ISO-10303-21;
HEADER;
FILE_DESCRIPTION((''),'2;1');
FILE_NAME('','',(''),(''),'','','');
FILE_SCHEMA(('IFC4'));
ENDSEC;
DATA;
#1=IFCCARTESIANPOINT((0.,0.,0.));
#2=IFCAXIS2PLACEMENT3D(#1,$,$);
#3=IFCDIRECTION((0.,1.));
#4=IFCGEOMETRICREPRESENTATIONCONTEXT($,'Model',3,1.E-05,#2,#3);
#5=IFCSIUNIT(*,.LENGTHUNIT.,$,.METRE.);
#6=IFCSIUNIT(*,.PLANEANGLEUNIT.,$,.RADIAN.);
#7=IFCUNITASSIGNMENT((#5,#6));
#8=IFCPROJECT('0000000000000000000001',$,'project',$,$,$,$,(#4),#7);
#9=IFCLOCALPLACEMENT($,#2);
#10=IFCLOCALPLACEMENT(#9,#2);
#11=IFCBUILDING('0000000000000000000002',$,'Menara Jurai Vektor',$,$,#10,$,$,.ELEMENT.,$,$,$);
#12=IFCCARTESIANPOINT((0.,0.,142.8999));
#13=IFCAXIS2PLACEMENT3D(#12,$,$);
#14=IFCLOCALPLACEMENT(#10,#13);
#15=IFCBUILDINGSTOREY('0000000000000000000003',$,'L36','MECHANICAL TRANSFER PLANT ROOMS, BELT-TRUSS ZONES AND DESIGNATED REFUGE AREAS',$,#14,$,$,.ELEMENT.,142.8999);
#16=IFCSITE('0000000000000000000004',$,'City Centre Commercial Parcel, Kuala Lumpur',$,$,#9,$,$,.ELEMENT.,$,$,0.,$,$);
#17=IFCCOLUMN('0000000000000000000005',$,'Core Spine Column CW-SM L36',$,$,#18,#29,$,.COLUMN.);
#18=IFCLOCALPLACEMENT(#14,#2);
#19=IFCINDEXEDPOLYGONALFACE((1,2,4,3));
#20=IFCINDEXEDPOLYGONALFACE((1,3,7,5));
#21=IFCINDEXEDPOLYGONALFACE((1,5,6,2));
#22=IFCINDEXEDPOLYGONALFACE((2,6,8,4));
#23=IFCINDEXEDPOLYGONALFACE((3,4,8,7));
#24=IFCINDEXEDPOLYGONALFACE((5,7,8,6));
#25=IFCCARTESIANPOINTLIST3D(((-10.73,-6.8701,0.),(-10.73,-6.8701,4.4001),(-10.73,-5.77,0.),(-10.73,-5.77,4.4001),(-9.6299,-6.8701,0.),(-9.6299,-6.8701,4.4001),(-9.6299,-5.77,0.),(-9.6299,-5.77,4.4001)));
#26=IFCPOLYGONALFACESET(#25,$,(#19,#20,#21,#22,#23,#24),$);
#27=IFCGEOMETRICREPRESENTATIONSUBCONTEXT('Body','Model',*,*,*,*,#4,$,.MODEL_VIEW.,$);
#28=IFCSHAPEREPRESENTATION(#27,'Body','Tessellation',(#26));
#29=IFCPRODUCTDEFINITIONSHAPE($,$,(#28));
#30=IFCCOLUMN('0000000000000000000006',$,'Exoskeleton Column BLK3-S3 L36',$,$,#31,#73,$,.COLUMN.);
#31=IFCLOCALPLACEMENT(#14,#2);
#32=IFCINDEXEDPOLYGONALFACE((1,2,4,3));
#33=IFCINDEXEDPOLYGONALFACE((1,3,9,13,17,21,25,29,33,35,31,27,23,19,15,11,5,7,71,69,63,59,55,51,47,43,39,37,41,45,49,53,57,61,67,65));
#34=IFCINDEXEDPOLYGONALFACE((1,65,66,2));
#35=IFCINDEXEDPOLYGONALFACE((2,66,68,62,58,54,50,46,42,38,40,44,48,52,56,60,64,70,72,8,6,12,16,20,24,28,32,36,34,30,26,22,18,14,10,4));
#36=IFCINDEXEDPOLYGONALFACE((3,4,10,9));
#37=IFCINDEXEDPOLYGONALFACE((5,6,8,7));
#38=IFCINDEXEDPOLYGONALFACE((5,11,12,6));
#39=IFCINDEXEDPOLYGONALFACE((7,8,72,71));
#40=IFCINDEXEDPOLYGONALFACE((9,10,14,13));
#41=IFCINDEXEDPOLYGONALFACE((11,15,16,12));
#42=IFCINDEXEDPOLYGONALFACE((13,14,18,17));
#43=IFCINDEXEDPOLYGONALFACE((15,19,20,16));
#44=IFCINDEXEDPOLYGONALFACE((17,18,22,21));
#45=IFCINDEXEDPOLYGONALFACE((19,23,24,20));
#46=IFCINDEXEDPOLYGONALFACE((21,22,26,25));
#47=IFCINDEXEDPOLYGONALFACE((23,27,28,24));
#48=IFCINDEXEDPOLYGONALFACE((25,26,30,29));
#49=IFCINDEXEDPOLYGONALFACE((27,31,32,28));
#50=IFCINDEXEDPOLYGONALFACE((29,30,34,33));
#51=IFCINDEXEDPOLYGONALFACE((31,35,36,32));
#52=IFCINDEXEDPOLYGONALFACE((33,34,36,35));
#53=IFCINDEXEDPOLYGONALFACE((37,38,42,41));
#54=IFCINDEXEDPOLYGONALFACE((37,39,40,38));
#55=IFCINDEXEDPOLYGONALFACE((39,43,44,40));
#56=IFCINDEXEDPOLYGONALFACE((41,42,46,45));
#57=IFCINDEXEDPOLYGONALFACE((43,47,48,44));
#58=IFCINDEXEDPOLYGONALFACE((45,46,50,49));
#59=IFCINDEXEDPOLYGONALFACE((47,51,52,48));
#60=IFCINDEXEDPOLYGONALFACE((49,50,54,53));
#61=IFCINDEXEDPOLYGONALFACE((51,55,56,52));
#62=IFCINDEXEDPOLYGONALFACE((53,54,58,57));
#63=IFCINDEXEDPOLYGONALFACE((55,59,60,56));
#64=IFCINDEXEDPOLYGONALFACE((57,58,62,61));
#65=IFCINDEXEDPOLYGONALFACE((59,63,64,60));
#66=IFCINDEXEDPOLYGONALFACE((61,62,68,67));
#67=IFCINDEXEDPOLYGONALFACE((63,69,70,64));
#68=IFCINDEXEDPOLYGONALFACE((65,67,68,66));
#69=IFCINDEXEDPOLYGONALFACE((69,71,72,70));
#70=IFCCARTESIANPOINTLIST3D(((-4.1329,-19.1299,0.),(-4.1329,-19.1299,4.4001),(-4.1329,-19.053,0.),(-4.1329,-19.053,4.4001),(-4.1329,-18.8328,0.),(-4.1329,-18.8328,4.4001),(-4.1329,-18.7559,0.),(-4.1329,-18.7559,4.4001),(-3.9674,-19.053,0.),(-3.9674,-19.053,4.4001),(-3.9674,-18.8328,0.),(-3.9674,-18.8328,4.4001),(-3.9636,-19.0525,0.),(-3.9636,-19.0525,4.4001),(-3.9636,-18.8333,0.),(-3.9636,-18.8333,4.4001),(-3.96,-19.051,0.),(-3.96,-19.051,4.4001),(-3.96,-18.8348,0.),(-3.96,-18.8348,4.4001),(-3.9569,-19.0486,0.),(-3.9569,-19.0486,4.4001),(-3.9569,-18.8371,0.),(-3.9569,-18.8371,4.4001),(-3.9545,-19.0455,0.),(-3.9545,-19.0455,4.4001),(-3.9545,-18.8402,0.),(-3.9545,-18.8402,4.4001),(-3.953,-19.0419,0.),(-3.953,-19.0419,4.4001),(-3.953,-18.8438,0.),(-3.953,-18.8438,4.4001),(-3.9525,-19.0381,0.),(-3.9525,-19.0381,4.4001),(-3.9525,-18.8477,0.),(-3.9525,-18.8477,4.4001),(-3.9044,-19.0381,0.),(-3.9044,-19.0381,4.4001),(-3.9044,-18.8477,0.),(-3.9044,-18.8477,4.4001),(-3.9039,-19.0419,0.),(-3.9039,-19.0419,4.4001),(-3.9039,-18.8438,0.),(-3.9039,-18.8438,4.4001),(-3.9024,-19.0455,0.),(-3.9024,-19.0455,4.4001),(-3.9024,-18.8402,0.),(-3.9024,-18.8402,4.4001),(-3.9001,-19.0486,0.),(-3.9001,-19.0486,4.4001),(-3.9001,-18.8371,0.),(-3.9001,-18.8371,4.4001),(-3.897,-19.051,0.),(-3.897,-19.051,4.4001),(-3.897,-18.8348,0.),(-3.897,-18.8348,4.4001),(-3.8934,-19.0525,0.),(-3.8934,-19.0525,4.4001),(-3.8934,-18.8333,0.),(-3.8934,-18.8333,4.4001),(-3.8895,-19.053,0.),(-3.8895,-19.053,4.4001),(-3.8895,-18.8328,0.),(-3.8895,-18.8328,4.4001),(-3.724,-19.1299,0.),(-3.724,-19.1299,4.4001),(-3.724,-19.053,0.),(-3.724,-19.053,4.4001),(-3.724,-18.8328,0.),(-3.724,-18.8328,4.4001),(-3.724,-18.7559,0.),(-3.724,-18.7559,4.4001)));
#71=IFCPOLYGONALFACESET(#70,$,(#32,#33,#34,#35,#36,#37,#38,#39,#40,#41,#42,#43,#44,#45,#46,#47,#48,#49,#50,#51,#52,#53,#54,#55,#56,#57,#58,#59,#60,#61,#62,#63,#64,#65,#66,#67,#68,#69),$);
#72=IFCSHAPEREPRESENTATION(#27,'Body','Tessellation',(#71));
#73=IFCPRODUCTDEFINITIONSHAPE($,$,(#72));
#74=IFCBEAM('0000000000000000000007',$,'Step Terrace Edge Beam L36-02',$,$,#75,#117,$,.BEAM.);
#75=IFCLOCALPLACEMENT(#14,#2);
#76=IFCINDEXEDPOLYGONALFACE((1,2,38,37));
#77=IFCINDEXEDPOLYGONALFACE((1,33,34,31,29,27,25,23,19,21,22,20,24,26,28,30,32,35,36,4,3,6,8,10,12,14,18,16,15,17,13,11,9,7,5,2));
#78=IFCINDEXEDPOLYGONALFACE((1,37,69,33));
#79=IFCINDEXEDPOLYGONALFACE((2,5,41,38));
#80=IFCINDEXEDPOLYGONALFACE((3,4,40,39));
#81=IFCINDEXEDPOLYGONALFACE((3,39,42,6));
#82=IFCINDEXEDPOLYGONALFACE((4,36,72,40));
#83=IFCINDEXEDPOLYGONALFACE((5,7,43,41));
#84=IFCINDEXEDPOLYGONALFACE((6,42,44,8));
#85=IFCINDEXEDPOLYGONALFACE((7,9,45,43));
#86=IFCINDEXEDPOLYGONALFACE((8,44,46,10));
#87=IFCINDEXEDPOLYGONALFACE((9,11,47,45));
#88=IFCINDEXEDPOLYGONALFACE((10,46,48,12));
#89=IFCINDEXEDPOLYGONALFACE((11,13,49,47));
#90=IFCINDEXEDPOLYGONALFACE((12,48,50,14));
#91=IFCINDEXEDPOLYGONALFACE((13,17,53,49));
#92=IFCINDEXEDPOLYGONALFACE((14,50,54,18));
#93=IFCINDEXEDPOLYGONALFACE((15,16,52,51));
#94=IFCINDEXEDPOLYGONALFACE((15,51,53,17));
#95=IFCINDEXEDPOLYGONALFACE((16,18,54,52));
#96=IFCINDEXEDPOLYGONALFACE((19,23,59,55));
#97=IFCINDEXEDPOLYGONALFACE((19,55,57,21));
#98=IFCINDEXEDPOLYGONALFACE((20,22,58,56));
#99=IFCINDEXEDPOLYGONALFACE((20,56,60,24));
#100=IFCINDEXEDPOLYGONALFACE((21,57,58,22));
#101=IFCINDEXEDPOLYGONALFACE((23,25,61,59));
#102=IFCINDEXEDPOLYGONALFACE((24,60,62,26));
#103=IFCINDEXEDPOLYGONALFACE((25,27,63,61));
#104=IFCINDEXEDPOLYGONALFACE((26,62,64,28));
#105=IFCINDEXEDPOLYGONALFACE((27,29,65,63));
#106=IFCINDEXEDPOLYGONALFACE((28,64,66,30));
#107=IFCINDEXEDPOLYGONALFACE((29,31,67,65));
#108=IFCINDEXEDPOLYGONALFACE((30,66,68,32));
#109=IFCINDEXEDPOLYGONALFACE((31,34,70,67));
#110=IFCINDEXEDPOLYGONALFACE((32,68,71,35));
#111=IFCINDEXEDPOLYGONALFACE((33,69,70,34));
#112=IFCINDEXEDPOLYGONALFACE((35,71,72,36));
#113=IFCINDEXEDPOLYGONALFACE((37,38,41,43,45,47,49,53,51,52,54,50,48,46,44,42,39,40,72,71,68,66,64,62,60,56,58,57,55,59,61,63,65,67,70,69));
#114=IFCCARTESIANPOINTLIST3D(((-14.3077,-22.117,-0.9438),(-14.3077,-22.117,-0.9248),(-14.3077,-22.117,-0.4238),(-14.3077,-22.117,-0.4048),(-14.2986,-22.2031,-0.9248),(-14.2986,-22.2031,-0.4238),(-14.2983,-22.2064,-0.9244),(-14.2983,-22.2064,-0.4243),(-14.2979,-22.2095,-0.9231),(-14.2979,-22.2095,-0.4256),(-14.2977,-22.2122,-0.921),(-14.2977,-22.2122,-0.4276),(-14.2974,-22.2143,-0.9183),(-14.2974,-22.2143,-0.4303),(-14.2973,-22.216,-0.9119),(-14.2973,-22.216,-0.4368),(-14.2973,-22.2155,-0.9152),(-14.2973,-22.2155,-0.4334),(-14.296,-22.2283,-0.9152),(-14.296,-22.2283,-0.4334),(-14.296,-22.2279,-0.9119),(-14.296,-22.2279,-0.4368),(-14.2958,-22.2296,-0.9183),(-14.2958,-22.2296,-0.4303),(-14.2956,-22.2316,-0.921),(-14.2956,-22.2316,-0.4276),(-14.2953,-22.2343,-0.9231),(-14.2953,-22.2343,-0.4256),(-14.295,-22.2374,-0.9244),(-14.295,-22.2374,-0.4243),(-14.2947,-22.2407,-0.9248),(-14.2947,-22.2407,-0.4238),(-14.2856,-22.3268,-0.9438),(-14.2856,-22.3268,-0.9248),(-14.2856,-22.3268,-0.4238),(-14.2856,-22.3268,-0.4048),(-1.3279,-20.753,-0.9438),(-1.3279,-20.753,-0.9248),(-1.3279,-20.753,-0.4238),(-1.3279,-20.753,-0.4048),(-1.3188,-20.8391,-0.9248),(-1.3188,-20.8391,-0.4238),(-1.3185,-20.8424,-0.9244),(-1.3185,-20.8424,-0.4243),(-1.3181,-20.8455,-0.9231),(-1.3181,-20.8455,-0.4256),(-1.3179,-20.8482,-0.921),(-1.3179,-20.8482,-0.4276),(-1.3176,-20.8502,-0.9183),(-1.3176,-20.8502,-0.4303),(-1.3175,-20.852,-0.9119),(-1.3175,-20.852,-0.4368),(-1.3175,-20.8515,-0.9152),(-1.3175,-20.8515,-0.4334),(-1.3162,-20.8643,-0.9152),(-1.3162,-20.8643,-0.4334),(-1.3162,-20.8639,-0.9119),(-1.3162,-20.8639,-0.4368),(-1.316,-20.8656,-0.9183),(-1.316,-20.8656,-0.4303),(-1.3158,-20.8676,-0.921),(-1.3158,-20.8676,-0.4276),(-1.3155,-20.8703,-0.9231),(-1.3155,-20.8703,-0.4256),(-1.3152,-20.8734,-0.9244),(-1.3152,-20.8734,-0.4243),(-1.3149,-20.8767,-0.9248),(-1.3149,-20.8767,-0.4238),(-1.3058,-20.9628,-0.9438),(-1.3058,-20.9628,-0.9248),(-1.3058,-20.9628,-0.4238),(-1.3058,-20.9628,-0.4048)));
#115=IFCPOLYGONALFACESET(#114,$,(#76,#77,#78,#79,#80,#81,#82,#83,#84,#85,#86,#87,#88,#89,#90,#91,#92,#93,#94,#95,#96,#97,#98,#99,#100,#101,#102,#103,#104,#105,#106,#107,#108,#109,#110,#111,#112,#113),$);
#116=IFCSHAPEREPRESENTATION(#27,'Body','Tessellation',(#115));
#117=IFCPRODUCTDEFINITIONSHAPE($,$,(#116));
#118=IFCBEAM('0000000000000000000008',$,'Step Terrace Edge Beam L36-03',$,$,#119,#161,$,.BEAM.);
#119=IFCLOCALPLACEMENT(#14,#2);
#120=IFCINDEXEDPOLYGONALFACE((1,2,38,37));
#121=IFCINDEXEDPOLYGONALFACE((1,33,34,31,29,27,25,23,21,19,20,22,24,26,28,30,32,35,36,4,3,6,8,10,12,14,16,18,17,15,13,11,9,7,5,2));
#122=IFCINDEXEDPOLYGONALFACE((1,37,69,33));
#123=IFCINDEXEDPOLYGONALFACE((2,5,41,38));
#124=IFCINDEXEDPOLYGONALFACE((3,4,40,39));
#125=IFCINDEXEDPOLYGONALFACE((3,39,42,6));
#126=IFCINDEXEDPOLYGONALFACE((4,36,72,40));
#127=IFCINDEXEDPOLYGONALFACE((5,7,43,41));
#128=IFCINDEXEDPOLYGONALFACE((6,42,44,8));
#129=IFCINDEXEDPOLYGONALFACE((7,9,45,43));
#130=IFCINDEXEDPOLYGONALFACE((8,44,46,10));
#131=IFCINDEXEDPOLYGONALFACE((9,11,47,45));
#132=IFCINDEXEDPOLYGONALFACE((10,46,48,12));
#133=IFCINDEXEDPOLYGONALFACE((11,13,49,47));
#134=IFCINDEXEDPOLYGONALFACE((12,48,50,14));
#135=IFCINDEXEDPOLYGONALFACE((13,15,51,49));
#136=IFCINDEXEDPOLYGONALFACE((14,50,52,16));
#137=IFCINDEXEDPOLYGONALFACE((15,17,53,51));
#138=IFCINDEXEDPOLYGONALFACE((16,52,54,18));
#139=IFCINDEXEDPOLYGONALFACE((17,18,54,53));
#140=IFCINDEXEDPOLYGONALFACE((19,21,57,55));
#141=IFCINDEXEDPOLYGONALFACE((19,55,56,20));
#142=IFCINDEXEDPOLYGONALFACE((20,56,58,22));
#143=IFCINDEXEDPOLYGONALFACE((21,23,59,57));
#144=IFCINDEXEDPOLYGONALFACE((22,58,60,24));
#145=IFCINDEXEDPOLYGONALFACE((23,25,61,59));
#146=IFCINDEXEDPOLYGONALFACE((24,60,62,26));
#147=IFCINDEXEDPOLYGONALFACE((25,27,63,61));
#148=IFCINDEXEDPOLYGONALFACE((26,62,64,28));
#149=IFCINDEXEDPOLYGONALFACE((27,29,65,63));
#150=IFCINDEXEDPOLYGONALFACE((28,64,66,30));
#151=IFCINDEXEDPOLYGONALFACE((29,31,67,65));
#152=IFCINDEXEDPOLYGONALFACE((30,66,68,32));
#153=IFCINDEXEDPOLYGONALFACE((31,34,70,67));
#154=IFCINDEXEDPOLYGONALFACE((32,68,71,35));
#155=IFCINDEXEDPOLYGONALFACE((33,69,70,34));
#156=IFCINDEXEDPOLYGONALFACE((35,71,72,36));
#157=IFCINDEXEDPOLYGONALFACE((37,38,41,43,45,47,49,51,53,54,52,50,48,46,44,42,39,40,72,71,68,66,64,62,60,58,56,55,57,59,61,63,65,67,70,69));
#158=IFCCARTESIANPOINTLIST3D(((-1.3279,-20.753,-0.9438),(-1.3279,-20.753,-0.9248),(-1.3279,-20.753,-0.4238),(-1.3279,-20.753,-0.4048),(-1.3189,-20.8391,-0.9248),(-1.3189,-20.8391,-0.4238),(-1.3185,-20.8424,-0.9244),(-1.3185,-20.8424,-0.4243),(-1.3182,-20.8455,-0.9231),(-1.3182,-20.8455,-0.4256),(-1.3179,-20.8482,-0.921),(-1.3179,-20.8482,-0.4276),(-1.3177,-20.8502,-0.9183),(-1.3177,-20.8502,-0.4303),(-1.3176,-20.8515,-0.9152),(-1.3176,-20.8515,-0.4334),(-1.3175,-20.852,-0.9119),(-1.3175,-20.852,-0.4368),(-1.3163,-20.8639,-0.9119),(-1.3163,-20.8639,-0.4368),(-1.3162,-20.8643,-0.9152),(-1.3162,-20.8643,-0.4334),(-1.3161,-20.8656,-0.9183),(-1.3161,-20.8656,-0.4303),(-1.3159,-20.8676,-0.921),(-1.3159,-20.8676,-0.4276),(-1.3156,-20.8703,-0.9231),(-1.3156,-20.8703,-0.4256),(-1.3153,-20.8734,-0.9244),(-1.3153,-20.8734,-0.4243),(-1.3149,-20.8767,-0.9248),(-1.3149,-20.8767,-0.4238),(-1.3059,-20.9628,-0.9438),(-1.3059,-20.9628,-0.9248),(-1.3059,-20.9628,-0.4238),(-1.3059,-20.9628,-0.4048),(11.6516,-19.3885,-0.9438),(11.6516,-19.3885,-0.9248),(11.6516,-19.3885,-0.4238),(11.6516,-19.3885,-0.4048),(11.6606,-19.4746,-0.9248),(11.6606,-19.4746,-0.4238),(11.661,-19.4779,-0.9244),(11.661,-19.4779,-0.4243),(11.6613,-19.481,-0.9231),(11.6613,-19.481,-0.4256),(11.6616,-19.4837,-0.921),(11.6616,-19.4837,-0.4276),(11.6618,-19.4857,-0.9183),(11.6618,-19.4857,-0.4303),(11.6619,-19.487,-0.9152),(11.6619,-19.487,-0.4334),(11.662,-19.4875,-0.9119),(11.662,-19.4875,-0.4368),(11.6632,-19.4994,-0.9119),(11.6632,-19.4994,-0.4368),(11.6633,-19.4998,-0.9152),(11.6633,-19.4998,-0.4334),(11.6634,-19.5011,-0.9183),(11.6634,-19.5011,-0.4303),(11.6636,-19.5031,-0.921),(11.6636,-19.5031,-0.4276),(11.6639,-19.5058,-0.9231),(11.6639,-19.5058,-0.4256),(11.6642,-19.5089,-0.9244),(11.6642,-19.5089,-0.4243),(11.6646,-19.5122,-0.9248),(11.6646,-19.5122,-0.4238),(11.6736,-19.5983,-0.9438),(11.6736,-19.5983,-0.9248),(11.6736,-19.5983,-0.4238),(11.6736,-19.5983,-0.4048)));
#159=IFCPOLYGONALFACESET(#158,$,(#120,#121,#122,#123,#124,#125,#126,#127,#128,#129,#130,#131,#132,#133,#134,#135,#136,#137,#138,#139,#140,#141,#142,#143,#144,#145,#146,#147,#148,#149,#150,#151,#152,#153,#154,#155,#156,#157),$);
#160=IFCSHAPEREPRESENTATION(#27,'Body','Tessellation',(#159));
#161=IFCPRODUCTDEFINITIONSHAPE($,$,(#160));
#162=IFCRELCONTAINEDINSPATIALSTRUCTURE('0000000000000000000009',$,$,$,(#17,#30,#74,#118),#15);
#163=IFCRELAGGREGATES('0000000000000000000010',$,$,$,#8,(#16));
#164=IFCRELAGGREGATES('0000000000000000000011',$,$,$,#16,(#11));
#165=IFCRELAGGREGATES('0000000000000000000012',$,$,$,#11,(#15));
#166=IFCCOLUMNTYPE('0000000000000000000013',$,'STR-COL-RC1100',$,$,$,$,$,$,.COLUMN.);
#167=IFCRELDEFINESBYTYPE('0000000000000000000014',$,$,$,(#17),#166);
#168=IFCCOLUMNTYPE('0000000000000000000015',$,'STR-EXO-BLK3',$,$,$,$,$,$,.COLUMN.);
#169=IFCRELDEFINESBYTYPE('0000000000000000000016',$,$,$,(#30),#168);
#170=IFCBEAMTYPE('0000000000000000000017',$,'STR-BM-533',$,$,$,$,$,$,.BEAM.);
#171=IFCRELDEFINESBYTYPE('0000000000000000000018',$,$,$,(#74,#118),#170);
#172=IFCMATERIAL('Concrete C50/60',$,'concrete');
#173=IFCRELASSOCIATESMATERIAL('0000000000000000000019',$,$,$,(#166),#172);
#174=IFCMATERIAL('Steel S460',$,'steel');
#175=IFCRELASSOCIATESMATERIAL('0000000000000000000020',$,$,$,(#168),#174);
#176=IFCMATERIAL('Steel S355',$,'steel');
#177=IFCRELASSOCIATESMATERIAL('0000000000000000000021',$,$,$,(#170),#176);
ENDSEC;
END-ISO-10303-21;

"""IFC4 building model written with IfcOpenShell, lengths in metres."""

from ifc_helpers import new_model, si_unit, direction, frame, origin, origin_2d, place, context, subcontext, project, spatial, rectangle, i_section, extrude, material, material_profile, profile_set, type_object, element, save


model = new_model("IFC4")

# Units and contexts
model_context = context("Model", 3, precision=1e-05, world=origin(), true_north=direction((0.0, 1.0)))
body_context = subcontext(model_context, "Body", "Model", "MODEL_VIEW")
ifc_project = project(units=[si_unit("LENGTHUNIT", "METRE"), si_unit("PLANEANGLEUNIT", "RADIAN")], contexts=[model_context])

# Site, building, storey
site_placement = place(None, origin())
site = spatial("IfcSite", under=ifc_project, at=site_placement, Name="City Centre Commercial Parcel, Kuala Lumpur", CompositionType="ELEMENT", RefElevation=0.0)
building_placement = place(site_placement, origin())
building = spatial("IfcBuilding", under=site, at=building_placement, Name="Menara Jurai Vektor", CompositionType="ELEMENT")
storey_placement = place(building_placement, frame((0.0, 0.0, 142.8999)))
storey = spatial("IfcBuildingStorey", under=building, at=storey_placement, Name="L36", Description="MECHANICAL TRANSFER PLANT ROOMS, BELT-TRUSS ZONES AND DESIGNATED REFUGE AREAS", CompositionType="ELEMENT", Elevation=142.8999)

# Columns
ifc_material_1 = material(Name="Concrete C50/60", Category="concrete")
ifc_material_profile_1 = material_profile(ifc_material_1, rectangle(XDim=1.1001, YDim=1.1001, at=origin_2d()), Name="RC 1100x1100")
ifc_profile_set_1 = profile_set([ifc_material_profile_1], Name="Concrete C50/60")
column_type_1 = type_object("IfcColumnType", Name="STR-COL-RC1100", PredefinedType="COLUMN", material=ifc_profile_set_1)
column_1_placement = place(storey_placement, frame((-10.1799, -6.3201, 0.0), z_axis=(0.0, 0.0, 1.0), x_axis=(1.0, 0.0, 0.0)))
element("IfcColumn", 1, at=column_1_placement, inside=storey, type_object=column_type_1, Name="Core Spine Column CW-SM L36", PredefinedType="COLUMN", context=body_context, shape_type="SweptSolid", body=[
    extrude(rectangle(XDim=1.1001, YDim=1.1001, at=origin_2d()), origin(), (0.0, 0.0, 1.0), 4.4001),
])
ifc_material_2 = material(Name="Steel S460", Category="steel")
ifc_material_profile_2 = material_profile(ifc_material_2, i_section(OverallWidth=0.4089, OverallDepth=0.374, WebThickness=0.0481, FlangeThickness=0.0769, FilletRadius=0.0149, at=origin_2d()), Name="HD 400x634")
ifc_profile_set_2 = profile_set([ifc_material_profile_2], Name="Steel S460")
column_type_2 = type_object("IfcColumnType", Name="STR-EXO-BLK3", PredefinedType="COLUMN", material=ifc_profile_set_2)
column_2_placement = place(storey_placement, frame((-3.9285, -18.9429, 0.0), z_axis=(0.0, 0.0, 1.0), x_axis=(1.0, 0.0, 0.0)))
element("IfcColumn", 2, at=column_2_placement, inside=storey, type_object=column_type_2, Name="Exoskeleton Column BLK3-S3 L36", PredefinedType="COLUMN", context=body_context, shape_type="SweptSolid", body=[
    extrude(i_section(OverallWidth=0.4089, OverallDepth=0.374, WebThickness=0.0481, FlangeThickness=0.0769, FilletRadius=0.0149, at=origin_2d()), origin(), (0.0, 0.0, 1.0), 4.4001),
])

# Beams
ifc_material_3 = material(Name="Steel S355", Category="steel")
ifc_material_profile_3 = material_profile(ifc_material_3, i_section(OverallWidth=0.2109, OverallDepth=0.5391, WebThickness=0.012, FlangeThickness=0.019, FilletRadius=0.0129, at=origin_2d()), Name="UKB 533x210x109")
ifc_profile_set_3 = profile_set([ifc_material_profile_3], Name="Steel S355")
beam_type_1 = type_object("IfcBeamType", Name="STR-BM-533", PredefinedType="BEAM", material=ifc_profile_set_3)
beam_1_placement = place(storey_placement, frame((-14.2966, -22.2219, -0.6743), z_axis=(0.994524, 0.104512, 0.0), x_axis=(-0.104512, 0.994524, 0.0)))
element("IfcBeam", 3, at=beam_1_placement, inside=storey, type_object=beam_type_1, Name="Step Terrace Edge Beam L36-02", PredefinedType="BEAM", context=body_context, shape_type="SweptSolid", body=[
    extrude(i_section(OverallWidth=0.2109, OverallDepth=0.5391, WebThickness=0.012, FlangeThickness=0.019, FilletRadius=0.0129, at=origin_2d()), origin(), (0.0, 0.0, 1.0), 13.0513),
])
beam_2_placement = place(storey_placement, frame((-1.3169, -20.8579, -0.6743), z_axis=(0.994519, 0.104551, 0.0), x_axis=(-0.104551, 0.994519, 0.0)))
element("IfcBeam", 4, at=beam_2_placement, inside=storey, type_object=beam_type_1, Name="Step Terrace Edge Beam L36-03", PredefinedType="BEAM", context=body_context, shape_type="SweptSolid", body=[
    extrude(i_section(OverallWidth=0.2109, OverallDepth=0.5391, WebThickness=0.012, FlangeThickness=0.019, FilletRadius=0.0129, at=origin_2d()), origin(), (0.0, 0.0, 1.0), 13.051),
])

save(model, "model.ifc")
